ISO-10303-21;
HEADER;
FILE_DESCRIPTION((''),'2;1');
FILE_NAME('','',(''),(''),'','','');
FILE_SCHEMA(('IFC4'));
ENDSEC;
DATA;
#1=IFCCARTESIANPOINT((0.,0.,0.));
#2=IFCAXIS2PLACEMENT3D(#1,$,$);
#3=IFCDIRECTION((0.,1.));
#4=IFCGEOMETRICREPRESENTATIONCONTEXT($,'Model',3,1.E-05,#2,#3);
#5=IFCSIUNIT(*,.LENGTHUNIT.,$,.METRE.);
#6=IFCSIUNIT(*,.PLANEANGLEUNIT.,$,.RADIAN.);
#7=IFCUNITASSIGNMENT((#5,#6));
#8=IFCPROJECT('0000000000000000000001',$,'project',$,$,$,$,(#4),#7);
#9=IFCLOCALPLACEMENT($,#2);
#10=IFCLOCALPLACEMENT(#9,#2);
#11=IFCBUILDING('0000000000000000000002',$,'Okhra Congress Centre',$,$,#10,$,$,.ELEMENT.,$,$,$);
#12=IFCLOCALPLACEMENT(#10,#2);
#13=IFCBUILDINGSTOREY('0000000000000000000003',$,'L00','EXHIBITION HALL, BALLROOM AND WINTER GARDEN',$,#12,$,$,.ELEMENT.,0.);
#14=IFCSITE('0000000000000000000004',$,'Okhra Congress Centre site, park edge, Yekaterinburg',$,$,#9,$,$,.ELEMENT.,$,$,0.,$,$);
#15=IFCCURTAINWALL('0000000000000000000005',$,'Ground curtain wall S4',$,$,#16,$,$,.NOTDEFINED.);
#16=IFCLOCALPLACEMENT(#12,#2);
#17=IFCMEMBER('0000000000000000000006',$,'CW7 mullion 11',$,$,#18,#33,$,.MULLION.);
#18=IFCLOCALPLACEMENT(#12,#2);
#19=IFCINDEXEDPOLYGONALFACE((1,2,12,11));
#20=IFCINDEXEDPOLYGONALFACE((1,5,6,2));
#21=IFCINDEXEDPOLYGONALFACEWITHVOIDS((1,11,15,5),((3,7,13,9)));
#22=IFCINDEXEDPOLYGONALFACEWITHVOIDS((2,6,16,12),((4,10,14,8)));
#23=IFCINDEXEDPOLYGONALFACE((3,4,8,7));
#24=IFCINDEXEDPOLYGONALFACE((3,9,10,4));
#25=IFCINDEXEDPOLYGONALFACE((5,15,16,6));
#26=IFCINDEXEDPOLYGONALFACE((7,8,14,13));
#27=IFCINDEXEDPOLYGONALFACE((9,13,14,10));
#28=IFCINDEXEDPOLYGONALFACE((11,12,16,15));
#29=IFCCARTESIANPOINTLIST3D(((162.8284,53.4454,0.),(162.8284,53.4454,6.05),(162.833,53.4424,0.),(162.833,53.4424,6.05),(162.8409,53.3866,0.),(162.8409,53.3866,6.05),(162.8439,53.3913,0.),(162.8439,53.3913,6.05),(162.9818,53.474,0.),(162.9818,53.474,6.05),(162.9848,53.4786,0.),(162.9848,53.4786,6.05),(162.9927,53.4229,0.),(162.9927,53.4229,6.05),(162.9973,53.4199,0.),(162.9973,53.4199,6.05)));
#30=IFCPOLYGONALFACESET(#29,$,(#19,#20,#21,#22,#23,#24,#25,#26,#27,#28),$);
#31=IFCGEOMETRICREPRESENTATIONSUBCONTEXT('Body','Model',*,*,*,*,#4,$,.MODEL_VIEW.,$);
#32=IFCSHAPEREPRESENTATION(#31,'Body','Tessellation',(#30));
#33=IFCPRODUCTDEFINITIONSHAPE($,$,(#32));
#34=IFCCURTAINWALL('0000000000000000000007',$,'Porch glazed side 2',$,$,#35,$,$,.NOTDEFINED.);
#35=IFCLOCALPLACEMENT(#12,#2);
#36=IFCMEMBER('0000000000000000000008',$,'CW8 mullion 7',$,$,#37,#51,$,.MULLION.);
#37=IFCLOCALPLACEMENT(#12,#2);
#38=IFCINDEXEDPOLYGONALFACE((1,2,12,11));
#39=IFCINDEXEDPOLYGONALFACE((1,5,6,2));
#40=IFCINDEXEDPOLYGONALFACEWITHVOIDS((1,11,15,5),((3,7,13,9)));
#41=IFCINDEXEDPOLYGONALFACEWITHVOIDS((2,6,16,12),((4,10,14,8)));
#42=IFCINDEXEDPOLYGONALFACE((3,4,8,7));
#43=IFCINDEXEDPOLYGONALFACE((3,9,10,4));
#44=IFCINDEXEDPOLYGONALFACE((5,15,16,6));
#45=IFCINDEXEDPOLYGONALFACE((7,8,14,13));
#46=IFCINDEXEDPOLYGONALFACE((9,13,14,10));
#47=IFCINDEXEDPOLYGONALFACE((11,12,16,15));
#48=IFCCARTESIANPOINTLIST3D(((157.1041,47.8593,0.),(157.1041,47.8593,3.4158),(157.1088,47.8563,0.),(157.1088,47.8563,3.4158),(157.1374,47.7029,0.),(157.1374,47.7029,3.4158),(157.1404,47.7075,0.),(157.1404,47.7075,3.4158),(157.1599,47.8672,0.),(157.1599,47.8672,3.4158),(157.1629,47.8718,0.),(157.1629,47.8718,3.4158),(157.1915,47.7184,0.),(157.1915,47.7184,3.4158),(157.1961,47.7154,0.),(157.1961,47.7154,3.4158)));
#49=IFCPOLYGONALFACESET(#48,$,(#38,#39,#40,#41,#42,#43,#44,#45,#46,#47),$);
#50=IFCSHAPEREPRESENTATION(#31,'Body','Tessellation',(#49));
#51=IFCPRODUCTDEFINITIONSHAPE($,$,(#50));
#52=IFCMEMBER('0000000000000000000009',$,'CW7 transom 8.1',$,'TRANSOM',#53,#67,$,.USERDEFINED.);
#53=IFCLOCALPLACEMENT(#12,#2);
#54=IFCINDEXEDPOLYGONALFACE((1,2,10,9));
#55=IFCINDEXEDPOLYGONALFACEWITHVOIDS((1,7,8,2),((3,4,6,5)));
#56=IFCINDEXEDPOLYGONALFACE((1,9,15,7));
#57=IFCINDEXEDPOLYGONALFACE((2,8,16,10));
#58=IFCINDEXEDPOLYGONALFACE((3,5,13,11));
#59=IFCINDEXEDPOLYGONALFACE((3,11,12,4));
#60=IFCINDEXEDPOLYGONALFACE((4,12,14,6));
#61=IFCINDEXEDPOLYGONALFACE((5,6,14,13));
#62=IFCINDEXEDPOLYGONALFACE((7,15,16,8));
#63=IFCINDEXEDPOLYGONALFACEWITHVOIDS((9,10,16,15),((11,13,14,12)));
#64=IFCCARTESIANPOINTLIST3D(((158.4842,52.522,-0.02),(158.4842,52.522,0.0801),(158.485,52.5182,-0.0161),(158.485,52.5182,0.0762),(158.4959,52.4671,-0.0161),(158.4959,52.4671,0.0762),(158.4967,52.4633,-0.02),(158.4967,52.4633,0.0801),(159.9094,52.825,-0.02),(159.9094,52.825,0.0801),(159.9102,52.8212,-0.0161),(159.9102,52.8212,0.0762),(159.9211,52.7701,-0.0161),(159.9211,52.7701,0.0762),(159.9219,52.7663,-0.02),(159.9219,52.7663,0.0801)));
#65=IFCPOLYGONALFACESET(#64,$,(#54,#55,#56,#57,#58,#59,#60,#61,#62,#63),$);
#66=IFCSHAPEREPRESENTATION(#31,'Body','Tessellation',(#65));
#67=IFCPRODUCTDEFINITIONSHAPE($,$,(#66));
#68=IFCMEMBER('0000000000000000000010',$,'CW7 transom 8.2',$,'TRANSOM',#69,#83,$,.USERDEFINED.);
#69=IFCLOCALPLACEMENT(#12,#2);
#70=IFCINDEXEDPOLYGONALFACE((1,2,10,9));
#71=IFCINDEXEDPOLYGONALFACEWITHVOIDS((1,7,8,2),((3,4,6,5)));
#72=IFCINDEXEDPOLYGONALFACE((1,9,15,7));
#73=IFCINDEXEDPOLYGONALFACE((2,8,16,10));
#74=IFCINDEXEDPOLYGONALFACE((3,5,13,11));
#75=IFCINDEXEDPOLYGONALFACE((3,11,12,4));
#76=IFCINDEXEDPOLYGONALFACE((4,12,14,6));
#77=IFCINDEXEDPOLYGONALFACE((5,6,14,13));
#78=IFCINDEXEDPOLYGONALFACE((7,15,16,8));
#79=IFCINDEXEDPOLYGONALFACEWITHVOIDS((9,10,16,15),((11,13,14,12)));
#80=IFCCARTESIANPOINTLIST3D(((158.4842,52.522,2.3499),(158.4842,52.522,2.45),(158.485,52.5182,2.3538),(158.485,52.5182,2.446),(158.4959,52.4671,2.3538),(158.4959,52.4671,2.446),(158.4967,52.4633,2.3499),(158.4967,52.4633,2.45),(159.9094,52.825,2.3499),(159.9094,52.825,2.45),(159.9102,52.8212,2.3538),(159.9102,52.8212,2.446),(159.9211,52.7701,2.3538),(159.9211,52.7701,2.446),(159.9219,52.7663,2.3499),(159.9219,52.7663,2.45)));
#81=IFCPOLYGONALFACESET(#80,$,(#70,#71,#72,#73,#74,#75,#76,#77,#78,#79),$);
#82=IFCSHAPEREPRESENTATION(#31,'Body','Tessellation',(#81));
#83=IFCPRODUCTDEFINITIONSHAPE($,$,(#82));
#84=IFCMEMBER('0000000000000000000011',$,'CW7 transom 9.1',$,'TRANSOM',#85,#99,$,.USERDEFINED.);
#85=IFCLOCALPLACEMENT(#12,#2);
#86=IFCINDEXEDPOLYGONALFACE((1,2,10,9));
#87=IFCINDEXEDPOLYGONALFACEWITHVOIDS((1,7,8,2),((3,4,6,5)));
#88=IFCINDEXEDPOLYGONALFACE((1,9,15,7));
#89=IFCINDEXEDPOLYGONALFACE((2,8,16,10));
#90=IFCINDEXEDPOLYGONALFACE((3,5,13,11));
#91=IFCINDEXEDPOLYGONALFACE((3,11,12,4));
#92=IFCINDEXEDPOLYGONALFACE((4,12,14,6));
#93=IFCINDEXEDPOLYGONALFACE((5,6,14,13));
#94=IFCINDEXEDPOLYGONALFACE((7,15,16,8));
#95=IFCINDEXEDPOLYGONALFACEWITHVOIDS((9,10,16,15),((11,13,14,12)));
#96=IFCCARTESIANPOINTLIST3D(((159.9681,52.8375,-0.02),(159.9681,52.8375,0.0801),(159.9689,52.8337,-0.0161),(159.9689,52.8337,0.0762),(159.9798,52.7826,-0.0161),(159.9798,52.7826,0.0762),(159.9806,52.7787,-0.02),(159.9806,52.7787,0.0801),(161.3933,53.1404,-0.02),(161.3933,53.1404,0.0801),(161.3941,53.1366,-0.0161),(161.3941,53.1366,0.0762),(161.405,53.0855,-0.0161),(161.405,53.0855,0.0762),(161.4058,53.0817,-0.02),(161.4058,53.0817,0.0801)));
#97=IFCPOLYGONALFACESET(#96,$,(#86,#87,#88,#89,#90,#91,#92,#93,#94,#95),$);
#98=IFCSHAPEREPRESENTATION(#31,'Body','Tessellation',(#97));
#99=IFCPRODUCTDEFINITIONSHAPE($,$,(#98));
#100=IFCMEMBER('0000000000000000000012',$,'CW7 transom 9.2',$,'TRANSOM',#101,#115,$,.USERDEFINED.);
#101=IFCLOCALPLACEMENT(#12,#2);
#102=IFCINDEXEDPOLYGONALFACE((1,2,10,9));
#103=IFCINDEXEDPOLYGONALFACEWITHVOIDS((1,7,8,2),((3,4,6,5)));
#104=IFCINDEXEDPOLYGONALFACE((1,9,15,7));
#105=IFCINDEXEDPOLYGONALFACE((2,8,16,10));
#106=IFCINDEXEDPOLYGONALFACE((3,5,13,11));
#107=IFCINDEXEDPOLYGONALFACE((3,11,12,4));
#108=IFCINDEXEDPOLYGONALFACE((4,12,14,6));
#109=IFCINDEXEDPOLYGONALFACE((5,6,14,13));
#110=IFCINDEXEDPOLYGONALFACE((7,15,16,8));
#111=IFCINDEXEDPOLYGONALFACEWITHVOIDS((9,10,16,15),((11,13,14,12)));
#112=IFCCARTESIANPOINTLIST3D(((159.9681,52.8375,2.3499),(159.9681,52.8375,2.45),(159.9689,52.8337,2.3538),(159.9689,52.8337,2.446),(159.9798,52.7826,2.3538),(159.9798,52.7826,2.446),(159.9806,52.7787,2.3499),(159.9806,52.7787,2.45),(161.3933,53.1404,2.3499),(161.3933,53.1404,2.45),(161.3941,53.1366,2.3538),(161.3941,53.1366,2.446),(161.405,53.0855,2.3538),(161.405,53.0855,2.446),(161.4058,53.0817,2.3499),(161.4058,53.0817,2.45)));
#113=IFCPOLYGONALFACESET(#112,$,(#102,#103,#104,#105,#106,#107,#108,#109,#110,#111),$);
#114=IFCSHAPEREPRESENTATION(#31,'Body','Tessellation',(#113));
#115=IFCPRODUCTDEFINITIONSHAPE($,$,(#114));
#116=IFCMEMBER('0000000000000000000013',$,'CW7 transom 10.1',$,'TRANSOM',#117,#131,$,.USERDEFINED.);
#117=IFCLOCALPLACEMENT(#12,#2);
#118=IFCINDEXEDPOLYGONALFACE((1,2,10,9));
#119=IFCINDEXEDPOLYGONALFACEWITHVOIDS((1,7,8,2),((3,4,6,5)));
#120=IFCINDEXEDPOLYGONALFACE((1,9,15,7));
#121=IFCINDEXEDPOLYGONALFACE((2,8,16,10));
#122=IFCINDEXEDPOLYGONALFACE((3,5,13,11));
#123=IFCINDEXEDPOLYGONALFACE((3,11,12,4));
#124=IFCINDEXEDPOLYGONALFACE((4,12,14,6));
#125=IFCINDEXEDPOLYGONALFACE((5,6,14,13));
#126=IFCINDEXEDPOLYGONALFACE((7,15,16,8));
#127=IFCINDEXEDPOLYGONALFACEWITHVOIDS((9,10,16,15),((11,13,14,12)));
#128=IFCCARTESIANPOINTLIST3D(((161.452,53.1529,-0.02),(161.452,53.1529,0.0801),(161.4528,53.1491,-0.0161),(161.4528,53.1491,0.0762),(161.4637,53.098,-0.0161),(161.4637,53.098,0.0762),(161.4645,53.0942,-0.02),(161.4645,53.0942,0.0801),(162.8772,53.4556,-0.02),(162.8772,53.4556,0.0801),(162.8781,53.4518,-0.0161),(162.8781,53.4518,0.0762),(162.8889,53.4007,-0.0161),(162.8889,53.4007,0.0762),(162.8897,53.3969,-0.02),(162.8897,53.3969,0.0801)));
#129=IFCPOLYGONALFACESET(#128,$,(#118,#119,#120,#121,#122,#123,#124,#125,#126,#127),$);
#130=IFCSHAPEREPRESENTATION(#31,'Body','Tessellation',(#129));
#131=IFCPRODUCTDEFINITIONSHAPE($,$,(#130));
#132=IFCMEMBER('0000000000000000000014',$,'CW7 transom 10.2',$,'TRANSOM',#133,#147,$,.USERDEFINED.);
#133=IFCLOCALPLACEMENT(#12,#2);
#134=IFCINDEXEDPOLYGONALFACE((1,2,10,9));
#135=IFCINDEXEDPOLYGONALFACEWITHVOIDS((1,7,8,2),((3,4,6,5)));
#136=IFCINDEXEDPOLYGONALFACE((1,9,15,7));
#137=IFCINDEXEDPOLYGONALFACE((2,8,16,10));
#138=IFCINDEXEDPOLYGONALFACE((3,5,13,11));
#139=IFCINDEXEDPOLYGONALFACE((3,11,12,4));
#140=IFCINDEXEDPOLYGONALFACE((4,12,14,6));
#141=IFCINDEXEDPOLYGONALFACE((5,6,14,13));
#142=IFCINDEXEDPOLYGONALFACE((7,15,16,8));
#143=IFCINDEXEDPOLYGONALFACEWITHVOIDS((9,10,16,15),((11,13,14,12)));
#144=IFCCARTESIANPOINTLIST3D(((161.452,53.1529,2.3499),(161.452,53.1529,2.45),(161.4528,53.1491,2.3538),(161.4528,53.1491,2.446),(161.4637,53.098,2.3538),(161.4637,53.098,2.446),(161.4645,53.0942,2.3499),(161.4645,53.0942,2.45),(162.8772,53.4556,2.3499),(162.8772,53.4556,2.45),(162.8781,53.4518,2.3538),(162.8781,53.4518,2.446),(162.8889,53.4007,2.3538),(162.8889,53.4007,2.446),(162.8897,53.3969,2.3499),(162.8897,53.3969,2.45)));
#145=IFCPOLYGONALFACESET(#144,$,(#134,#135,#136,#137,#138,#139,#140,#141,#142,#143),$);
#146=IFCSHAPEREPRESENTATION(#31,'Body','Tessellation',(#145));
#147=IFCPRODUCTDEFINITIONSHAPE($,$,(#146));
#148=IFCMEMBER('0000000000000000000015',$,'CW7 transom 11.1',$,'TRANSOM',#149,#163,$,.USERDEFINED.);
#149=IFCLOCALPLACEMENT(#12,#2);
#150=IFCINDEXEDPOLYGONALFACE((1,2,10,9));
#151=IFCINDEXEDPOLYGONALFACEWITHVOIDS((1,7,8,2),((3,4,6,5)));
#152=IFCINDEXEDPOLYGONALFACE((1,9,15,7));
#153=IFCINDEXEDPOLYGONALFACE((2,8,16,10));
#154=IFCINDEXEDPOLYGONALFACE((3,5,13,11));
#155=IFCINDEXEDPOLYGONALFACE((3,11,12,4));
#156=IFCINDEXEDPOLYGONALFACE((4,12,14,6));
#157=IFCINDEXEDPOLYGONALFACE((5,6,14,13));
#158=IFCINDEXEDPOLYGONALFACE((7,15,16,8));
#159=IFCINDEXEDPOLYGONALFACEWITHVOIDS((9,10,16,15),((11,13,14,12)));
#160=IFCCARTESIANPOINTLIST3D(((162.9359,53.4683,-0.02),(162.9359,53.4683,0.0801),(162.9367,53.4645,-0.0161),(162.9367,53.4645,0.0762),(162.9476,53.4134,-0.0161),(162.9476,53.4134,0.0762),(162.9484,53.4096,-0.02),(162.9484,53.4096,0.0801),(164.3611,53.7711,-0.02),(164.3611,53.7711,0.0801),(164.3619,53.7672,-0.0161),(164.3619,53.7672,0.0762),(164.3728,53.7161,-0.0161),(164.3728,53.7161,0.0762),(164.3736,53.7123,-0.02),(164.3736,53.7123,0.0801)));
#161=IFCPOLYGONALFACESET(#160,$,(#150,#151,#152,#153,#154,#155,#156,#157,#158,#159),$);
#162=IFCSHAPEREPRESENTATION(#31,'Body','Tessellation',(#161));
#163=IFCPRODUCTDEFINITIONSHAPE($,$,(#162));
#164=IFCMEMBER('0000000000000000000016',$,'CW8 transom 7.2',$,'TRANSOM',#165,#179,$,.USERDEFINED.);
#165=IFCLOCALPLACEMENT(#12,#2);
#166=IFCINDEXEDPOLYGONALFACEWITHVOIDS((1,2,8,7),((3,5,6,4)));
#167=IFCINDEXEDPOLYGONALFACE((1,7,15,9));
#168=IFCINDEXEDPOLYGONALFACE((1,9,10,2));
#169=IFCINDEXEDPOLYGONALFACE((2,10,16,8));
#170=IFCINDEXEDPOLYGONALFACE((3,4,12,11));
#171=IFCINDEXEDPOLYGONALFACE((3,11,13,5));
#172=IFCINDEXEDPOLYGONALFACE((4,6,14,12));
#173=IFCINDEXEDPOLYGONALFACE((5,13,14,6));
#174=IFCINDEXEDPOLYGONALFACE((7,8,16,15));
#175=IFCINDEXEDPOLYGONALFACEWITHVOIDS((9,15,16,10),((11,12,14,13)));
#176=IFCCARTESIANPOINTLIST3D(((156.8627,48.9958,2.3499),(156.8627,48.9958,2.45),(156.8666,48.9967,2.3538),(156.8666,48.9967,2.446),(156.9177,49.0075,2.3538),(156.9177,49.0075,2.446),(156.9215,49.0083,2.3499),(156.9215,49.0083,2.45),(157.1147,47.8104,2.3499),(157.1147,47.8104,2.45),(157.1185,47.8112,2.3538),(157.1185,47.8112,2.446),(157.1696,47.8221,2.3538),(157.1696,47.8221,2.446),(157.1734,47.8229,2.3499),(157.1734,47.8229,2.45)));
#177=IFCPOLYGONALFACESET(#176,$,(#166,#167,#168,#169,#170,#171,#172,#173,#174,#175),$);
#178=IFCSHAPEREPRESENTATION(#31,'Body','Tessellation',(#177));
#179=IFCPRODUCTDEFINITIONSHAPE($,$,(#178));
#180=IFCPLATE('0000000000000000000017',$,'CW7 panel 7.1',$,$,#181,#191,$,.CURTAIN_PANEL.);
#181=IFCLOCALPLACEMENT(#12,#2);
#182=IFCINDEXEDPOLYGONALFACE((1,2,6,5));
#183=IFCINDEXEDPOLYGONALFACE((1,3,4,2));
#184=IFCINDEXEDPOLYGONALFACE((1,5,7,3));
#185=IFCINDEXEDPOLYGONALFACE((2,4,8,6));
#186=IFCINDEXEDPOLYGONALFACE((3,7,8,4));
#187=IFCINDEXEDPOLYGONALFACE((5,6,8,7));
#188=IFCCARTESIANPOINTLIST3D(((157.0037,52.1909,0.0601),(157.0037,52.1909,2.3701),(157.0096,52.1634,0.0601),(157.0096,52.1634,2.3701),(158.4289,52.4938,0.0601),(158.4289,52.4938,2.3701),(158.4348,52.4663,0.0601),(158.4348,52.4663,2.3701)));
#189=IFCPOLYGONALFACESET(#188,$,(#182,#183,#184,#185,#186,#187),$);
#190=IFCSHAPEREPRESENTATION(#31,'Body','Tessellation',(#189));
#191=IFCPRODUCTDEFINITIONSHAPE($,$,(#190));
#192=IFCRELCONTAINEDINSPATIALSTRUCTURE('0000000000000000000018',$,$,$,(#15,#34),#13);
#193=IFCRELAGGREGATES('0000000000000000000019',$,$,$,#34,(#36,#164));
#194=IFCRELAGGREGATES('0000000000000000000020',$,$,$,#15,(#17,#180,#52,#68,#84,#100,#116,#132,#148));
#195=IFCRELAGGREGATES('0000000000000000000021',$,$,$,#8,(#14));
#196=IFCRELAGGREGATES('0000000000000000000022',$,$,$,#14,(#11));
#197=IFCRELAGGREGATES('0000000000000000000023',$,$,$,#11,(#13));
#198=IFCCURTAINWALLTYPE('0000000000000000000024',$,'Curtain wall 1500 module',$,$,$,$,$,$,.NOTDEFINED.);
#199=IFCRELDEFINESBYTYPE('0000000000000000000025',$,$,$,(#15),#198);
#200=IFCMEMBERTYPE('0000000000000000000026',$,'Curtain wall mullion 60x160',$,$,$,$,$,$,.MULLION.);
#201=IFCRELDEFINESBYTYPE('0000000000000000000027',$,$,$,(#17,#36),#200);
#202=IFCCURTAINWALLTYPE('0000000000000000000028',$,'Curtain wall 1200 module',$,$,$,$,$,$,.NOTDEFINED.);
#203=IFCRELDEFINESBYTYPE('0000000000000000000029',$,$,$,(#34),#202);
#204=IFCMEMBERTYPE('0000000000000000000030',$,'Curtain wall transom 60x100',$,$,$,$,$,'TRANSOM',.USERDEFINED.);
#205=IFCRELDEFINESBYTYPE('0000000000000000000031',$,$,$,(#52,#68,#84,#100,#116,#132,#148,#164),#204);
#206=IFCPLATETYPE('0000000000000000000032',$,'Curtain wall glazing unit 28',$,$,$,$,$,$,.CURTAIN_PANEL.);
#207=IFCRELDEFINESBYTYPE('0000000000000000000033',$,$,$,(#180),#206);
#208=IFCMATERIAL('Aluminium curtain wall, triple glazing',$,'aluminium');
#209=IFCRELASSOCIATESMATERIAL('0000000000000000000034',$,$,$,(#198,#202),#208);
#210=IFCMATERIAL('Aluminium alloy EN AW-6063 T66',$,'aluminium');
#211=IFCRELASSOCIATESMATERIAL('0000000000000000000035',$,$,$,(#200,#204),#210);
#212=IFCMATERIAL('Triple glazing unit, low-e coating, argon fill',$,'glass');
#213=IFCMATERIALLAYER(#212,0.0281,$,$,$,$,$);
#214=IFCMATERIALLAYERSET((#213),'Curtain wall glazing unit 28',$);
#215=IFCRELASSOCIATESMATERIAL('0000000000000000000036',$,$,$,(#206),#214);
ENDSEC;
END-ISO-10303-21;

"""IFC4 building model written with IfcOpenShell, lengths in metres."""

from ifc_helpers import new_model, si_unit, direction, frame, origin, origin_2d, place, context, subcontext, project, spatial, rectangle, hollow_rectangle, extrude, material, layer, layer_set, material_profile, profile_set, type_object, element, aggregate, save


model = new_model("IFC4")

# Units and contexts
model_context = context("Model", 3, precision=1e-05, world=origin(), true_north=direction((0.0, 1.0)))
body_context = subcontext(model_context, "Body", "Model", "MODEL_VIEW")
ifc_project = project(units=[si_unit("LENGTHUNIT", "METRE"), si_unit("PLANEANGLEUNIT", "RADIAN")], contexts=[model_context])

# Site, building, storey
site_placement = place(None, origin())
site = spatial("IfcSite", under=ifc_project, at=site_placement, Name="Okhra Congress Centre site, park edge, Yekaterinburg", CompositionType="ELEMENT", RefElevation=0.0)
building_placement = place(site_placement, origin())
building = spatial("IfcBuilding", under=site, at=building_placement, Name="Okhra Congress Centre", CompositionType="ELEMENT")
storey_placement = place(building_placement, origin())
storey = spatial("IfcBuildingStorey", under=building, at=storey_placement, Name="L00", Description="EXHIBITION HALL, BALLROOM AND WINTER GARDEN", CompositionType="ELEMENT", Elevation=0.0)

# Curtain wall, member
ifc_material_1 = material(Name="Aluminium curtain wall, triple glazing", Category="aluminium")
curtain_wall_type_1 = type_object("IfcCurtainWallType", Name="Curtain wall 1500 module", PredefinedType="NOTDEFINED", material=ifc_material_1)
curtain_wall_1_placement = place(storey_placement, origin())
curtain_wall_1 = element("IfcCurtainWall", 1, at=curtain_wall_1_placement, inside=storey, type_object=curtain_wall_type_1, Name="Ground curtain wall S4", PredefinedType="NOTDEFINED")
ifc_material_2 = material(Name="Aluminium alloy EN AW-6063 T66", Category="aluminium")
ifc_material_profile_1 = material_profile(ifc_material_2, hollow_rectangle(XDim=0.0601, YDim=0.1599, WallThickness=0.0039, at=origin_2d()), Name="RHS 60x160x4")
ifc_profile_set_1 = profile_set([ifc_material_profile_1], Name="Aluminium alloy EN AW-6063 T66")
member_type_1 = type_object("IfcMemberType", Name="Curtain wall mullion 60x160", PredefinedType="MULLION", material=ifc_profile_set_1)
member_1_placement = place(storey_placement, frame((162.9128, 53.4326, 0.0), z_axis=(0.0, 0.0, 1.0), x_axis=(-0.207912, 0.978148, 0.0)))
member_1 = element("IfcMember", 2, at=member_1_placement, type_object=member_type_1, Name="CW7 mullion 11", PredefinedType="MULLION", context=body_context, shape_type="SweptSolid", body=[
    extrude(hollow_rectangle(XDim=0.0601, YDim=0.1599, WallThickness=0.0039, at=origin_2d()), origin(), (0.0, 0.0, 1.0), 6.05),
])

# Curtain wall, member
curtain_wall_type_2 = type_object("IfcCurtainWallType", Name="Curtain wall 1200 module", PredefinedType="NOTDEFINED", material=ifc_material_1)
curtain_wall_2_placement = place(storey_placement, origin())
curtain_wall_2 = element("IfcCurtainWall", 3, at=curtain_wall_2_placement, inside=storey, type_object=curtain_wall_type_2, Name="Porch glazed side 2", PredefinedType="NOTDEFINED")
member_2_placement = place(storey_placement, frame((157.1501, 47.7874, 0.0), z_axis=(0.0, 0.0, 1.0), x_axis=(-0.978148, -0.207912, 0.0)))
member_2 = element("IfcMember", 4, at=member_2_placement, type_object=member_type_1, Name="CW8 mullion 7", PredefinedType="MULLION", context=body_context, shape_type="SweptSolid", body=[
    extrude(hollow_rectangle(XDim=0.0601, YDim=0.1599, WallThickness=0.0039, at=origin_2d()), origin(), (0.0, 0.0, 1.0), 3.4158),
])

# Members
ifc_material_profile_2 = material_profile(ifc_material_2, hollow_rectangle(XDim=0.0601, YDim=0.1001, WallThickness=0.0039, at=origin_2d()), Name="RHS 60x100x4")
ifc_profile_set_2 = profile_set([ifc_material_profile_2], Name="Aluminium alloy EN AW-6063 T66")
member_type_2 = type_object("IfcMemberType", Name="Curtain wall transom 60x100", ElementType="TRANSOM", PredefinedType="USERDEFINED", material=ifc_profile_set_2)
member_3_placement = place(storey_placement, frame((158.4905, 52.4927, 0.03), z_axis=(0.978144, 0.207927, 0.0), x_axis=(-0.207927, 0.978144, 0.0)))
member_3 = element("IfcMember", 5, at=member_3_placement, type_object=member_type_2, Name="CW7 transom 8.1", ObjectType="TRANSOM", PredefinedType="USERDEFINED", context=body_context, shape_type="SweptSolid", body=[
    extrude(hollow_rectangle(XDim=0.0601, YDim=0.1001, WallThickness=0.0039, at=origin_2d()), origin(), (0.0, 0.0, 1.0), 1.457),
])
member_4_placement = place(storey_placement, frame((158.4905, 52.4927, 2.3999), z_axis=(0.978144, 0.207927, 0.0), x_axis=(-0.207927, 0.978144, 0.0)))
member_4 = element("IfcMember", 6, at=member_4_placement, type_object=member_type_2, Name="CW7 transom 8.2", ObjectType="TRANSOM", PredefinedType="USERDEFINED", context=body_context, shape_type="SweptSolid", body=[
    extrude(hollow_rectangle(XDim=0.0601, YDim=0.1001, WallThickness=0.0039, at=origin_2d()), origin(), (0.0, 0.0, 1.0), 1.457),
])
member_5_placement = place(storey_placement, frame((159.9744, 52.8081, 0.03), z_axis=(0.978144, 0.207927, 0.0), x_axis=(-0.207927, 0.978144, 0.0)))
member_5 = element("IfcMember", 7, at=member_5_placement, type_object=member_type_2, Name="CW7 transom 9.1", ObjectType="TRANSOM", PredefinedType="USERDEFINED", context=body_context, shape_type="SweptSolid", body=[
    extrude(hollow_rectangle(XDim=0.0601, YDim=0.1001, WallThickness=0.0039, at=origin_2d()), origin(), (0.0, 0.0, 1.0), 1.457),
])
member_6_placement = place(storey_placement, frame((159.9744, 52.8081, 2.3999), z_axis=(0.978144, 0.207927, 0.0), x_axis=(-0.207927, 0.978144, 0.0)))
member_6 = element("IfcMember", 8, at=member_6_placement, type_object=member_type_2, Name="CW7 transom 9.2", ObjectType="TRANSOM", PredefinedType="USERDEFINED", context=body_context, shape_type="SweptSolid", body=[
    extrude(hollow_rectangle(XDim=0.0601, YDim=0.1001, WallThickness=0.0039, at=origin_2d()), origin(), (0.0, 0.0, 1.0), 1.457),
])
member_7_placement = place(storey_placement, frame((161.4583, 53.1235, 0.03), z_axis=(0.978178, 0.207767, 0.0), x_axis=(-0.207767, 0.978178, 0.0)))
member_7 = element("IfcMember", 9, at=member_7_placement, type_object=member_type_2, Name="CW7 transom 10.1", ObjectType="TRANSOM", PredefinedType="USERDEFINED", context=body_context, shape_type="SweptSolid", body=[
    extrude(hollow_rectangle(XDim=0.0601, YDim=0.1001, WallThickness=0.0039, at=origin_2d()), origin(), (0.0, 0.0, 1.0), 1.457),
])
member_8_placement = place(storey_placement, frame((161.4583, 53.1235, 2.3999), z_axis=(0.978178, 0.207767, 0.0), x_axis=(-0.207767, 0.978178, 0.0)))
member_8 = element("IfcMember", 10, at=member_8_placement, type_object=member_type_2, Name="CW7 transom 10.2", ObjectType="TRANSOM", PredefinedType="USERDEFINED", context=body_context, shape_type="SweptSolid", body=[
    extrude(hollow_rectangle(XDim=0.0601, YDim=0.1001, WallThickness=0.0039, at=origin_2d()), origin(), (0.0, 0.0, 1.0), 1.457),
])
member_9_placement = place(storey_placement, frame((162.9421, 53.439, 0.03), z_axis=(0.978178, 0.207767, 0.0), x_axis=(-0.207767, 0.978178, 0.0)))
member_9 = element("IfcMember", 11, at=member_9_placement, type_object=member_type_2, Name="CW7 transom 11.1", ObjectType="TRANSOM", PredefinedType="USERDEFINED", context=body_context, shape_type="SweptSolid", body=[
    extrude(hollow_rectangle(XDim=0.0601, YDim=0.1001, WallThickness=0.0039, at=origin_2d()), origin(), (0.0, 0.0, 1.0), 1.457),
])
member_10_placement = place(storey_placement, frame((157.144, 47.8167, 2.3999), z_axis=(-0.207878, 0.978155, 0.0), x_axis=(-0.978155, -0.207878, 0.0)))
member_10 = element("IfcMember", 12, at=member_10_placement, type_object=member_type_2, Name="CW8 transom 7.2", ObjectType="TRANSOM", PredefinedType="USERDEFINED", context=body_context, shape_type="SweptSolid", body=[
    extrude(hollow_rectangle(XDim=0.0601, YDim=0.1001, WallThickness=0.0039, at=origin_2d()), origin(), (0.0, 0.0, 1.0), 1.2119),
])
aggregate(curtain_wall_2, [member_2, member_10])

# Plate
ifc_material_3 = material(Name="Triple glazing unit, low-e coating, argon fill", Category="glass")
ifc_layer_1 = layer(ifc_material_3, 0.0281)
ifc_layer_set_1 = layer_set([ifc_layer_1], Name="Curtain wall glazing unit 28")
plate_type = type_object("IfcPlateType", Name="Curtain wall glazing unit 28", PredefinedType="CURTAIN_PANEL", material=ifc_layer_set_1)
plate_1_placement = place(storey_placement, frame((157.7192, 52.3286, 0.0601), z_axis=(0.0, 0.0, 1.0), x_axis=(0.978148, 0.207912, 0.0)))
plate_1 = element("IfcPlate", 13, at=plate_1_placement, type_object=plate_type, Name="CW7 panel 7.1", PredefinedType="CURTAIN_PANEL", context=body_context, shape_type="SweptSolid", body=[
    extrude(rectangle(XDim=1.457, YDim=0.0281, at=origin_2d()), origin(), (0.0, 0.0, 1.0), 2.3101),
])
aggregate(curtain_wall_1, [member_1, plate_1, member_3, member_4, member_5, member_6, member_7, member_8, member_9])

save(model, "model.ifc")
